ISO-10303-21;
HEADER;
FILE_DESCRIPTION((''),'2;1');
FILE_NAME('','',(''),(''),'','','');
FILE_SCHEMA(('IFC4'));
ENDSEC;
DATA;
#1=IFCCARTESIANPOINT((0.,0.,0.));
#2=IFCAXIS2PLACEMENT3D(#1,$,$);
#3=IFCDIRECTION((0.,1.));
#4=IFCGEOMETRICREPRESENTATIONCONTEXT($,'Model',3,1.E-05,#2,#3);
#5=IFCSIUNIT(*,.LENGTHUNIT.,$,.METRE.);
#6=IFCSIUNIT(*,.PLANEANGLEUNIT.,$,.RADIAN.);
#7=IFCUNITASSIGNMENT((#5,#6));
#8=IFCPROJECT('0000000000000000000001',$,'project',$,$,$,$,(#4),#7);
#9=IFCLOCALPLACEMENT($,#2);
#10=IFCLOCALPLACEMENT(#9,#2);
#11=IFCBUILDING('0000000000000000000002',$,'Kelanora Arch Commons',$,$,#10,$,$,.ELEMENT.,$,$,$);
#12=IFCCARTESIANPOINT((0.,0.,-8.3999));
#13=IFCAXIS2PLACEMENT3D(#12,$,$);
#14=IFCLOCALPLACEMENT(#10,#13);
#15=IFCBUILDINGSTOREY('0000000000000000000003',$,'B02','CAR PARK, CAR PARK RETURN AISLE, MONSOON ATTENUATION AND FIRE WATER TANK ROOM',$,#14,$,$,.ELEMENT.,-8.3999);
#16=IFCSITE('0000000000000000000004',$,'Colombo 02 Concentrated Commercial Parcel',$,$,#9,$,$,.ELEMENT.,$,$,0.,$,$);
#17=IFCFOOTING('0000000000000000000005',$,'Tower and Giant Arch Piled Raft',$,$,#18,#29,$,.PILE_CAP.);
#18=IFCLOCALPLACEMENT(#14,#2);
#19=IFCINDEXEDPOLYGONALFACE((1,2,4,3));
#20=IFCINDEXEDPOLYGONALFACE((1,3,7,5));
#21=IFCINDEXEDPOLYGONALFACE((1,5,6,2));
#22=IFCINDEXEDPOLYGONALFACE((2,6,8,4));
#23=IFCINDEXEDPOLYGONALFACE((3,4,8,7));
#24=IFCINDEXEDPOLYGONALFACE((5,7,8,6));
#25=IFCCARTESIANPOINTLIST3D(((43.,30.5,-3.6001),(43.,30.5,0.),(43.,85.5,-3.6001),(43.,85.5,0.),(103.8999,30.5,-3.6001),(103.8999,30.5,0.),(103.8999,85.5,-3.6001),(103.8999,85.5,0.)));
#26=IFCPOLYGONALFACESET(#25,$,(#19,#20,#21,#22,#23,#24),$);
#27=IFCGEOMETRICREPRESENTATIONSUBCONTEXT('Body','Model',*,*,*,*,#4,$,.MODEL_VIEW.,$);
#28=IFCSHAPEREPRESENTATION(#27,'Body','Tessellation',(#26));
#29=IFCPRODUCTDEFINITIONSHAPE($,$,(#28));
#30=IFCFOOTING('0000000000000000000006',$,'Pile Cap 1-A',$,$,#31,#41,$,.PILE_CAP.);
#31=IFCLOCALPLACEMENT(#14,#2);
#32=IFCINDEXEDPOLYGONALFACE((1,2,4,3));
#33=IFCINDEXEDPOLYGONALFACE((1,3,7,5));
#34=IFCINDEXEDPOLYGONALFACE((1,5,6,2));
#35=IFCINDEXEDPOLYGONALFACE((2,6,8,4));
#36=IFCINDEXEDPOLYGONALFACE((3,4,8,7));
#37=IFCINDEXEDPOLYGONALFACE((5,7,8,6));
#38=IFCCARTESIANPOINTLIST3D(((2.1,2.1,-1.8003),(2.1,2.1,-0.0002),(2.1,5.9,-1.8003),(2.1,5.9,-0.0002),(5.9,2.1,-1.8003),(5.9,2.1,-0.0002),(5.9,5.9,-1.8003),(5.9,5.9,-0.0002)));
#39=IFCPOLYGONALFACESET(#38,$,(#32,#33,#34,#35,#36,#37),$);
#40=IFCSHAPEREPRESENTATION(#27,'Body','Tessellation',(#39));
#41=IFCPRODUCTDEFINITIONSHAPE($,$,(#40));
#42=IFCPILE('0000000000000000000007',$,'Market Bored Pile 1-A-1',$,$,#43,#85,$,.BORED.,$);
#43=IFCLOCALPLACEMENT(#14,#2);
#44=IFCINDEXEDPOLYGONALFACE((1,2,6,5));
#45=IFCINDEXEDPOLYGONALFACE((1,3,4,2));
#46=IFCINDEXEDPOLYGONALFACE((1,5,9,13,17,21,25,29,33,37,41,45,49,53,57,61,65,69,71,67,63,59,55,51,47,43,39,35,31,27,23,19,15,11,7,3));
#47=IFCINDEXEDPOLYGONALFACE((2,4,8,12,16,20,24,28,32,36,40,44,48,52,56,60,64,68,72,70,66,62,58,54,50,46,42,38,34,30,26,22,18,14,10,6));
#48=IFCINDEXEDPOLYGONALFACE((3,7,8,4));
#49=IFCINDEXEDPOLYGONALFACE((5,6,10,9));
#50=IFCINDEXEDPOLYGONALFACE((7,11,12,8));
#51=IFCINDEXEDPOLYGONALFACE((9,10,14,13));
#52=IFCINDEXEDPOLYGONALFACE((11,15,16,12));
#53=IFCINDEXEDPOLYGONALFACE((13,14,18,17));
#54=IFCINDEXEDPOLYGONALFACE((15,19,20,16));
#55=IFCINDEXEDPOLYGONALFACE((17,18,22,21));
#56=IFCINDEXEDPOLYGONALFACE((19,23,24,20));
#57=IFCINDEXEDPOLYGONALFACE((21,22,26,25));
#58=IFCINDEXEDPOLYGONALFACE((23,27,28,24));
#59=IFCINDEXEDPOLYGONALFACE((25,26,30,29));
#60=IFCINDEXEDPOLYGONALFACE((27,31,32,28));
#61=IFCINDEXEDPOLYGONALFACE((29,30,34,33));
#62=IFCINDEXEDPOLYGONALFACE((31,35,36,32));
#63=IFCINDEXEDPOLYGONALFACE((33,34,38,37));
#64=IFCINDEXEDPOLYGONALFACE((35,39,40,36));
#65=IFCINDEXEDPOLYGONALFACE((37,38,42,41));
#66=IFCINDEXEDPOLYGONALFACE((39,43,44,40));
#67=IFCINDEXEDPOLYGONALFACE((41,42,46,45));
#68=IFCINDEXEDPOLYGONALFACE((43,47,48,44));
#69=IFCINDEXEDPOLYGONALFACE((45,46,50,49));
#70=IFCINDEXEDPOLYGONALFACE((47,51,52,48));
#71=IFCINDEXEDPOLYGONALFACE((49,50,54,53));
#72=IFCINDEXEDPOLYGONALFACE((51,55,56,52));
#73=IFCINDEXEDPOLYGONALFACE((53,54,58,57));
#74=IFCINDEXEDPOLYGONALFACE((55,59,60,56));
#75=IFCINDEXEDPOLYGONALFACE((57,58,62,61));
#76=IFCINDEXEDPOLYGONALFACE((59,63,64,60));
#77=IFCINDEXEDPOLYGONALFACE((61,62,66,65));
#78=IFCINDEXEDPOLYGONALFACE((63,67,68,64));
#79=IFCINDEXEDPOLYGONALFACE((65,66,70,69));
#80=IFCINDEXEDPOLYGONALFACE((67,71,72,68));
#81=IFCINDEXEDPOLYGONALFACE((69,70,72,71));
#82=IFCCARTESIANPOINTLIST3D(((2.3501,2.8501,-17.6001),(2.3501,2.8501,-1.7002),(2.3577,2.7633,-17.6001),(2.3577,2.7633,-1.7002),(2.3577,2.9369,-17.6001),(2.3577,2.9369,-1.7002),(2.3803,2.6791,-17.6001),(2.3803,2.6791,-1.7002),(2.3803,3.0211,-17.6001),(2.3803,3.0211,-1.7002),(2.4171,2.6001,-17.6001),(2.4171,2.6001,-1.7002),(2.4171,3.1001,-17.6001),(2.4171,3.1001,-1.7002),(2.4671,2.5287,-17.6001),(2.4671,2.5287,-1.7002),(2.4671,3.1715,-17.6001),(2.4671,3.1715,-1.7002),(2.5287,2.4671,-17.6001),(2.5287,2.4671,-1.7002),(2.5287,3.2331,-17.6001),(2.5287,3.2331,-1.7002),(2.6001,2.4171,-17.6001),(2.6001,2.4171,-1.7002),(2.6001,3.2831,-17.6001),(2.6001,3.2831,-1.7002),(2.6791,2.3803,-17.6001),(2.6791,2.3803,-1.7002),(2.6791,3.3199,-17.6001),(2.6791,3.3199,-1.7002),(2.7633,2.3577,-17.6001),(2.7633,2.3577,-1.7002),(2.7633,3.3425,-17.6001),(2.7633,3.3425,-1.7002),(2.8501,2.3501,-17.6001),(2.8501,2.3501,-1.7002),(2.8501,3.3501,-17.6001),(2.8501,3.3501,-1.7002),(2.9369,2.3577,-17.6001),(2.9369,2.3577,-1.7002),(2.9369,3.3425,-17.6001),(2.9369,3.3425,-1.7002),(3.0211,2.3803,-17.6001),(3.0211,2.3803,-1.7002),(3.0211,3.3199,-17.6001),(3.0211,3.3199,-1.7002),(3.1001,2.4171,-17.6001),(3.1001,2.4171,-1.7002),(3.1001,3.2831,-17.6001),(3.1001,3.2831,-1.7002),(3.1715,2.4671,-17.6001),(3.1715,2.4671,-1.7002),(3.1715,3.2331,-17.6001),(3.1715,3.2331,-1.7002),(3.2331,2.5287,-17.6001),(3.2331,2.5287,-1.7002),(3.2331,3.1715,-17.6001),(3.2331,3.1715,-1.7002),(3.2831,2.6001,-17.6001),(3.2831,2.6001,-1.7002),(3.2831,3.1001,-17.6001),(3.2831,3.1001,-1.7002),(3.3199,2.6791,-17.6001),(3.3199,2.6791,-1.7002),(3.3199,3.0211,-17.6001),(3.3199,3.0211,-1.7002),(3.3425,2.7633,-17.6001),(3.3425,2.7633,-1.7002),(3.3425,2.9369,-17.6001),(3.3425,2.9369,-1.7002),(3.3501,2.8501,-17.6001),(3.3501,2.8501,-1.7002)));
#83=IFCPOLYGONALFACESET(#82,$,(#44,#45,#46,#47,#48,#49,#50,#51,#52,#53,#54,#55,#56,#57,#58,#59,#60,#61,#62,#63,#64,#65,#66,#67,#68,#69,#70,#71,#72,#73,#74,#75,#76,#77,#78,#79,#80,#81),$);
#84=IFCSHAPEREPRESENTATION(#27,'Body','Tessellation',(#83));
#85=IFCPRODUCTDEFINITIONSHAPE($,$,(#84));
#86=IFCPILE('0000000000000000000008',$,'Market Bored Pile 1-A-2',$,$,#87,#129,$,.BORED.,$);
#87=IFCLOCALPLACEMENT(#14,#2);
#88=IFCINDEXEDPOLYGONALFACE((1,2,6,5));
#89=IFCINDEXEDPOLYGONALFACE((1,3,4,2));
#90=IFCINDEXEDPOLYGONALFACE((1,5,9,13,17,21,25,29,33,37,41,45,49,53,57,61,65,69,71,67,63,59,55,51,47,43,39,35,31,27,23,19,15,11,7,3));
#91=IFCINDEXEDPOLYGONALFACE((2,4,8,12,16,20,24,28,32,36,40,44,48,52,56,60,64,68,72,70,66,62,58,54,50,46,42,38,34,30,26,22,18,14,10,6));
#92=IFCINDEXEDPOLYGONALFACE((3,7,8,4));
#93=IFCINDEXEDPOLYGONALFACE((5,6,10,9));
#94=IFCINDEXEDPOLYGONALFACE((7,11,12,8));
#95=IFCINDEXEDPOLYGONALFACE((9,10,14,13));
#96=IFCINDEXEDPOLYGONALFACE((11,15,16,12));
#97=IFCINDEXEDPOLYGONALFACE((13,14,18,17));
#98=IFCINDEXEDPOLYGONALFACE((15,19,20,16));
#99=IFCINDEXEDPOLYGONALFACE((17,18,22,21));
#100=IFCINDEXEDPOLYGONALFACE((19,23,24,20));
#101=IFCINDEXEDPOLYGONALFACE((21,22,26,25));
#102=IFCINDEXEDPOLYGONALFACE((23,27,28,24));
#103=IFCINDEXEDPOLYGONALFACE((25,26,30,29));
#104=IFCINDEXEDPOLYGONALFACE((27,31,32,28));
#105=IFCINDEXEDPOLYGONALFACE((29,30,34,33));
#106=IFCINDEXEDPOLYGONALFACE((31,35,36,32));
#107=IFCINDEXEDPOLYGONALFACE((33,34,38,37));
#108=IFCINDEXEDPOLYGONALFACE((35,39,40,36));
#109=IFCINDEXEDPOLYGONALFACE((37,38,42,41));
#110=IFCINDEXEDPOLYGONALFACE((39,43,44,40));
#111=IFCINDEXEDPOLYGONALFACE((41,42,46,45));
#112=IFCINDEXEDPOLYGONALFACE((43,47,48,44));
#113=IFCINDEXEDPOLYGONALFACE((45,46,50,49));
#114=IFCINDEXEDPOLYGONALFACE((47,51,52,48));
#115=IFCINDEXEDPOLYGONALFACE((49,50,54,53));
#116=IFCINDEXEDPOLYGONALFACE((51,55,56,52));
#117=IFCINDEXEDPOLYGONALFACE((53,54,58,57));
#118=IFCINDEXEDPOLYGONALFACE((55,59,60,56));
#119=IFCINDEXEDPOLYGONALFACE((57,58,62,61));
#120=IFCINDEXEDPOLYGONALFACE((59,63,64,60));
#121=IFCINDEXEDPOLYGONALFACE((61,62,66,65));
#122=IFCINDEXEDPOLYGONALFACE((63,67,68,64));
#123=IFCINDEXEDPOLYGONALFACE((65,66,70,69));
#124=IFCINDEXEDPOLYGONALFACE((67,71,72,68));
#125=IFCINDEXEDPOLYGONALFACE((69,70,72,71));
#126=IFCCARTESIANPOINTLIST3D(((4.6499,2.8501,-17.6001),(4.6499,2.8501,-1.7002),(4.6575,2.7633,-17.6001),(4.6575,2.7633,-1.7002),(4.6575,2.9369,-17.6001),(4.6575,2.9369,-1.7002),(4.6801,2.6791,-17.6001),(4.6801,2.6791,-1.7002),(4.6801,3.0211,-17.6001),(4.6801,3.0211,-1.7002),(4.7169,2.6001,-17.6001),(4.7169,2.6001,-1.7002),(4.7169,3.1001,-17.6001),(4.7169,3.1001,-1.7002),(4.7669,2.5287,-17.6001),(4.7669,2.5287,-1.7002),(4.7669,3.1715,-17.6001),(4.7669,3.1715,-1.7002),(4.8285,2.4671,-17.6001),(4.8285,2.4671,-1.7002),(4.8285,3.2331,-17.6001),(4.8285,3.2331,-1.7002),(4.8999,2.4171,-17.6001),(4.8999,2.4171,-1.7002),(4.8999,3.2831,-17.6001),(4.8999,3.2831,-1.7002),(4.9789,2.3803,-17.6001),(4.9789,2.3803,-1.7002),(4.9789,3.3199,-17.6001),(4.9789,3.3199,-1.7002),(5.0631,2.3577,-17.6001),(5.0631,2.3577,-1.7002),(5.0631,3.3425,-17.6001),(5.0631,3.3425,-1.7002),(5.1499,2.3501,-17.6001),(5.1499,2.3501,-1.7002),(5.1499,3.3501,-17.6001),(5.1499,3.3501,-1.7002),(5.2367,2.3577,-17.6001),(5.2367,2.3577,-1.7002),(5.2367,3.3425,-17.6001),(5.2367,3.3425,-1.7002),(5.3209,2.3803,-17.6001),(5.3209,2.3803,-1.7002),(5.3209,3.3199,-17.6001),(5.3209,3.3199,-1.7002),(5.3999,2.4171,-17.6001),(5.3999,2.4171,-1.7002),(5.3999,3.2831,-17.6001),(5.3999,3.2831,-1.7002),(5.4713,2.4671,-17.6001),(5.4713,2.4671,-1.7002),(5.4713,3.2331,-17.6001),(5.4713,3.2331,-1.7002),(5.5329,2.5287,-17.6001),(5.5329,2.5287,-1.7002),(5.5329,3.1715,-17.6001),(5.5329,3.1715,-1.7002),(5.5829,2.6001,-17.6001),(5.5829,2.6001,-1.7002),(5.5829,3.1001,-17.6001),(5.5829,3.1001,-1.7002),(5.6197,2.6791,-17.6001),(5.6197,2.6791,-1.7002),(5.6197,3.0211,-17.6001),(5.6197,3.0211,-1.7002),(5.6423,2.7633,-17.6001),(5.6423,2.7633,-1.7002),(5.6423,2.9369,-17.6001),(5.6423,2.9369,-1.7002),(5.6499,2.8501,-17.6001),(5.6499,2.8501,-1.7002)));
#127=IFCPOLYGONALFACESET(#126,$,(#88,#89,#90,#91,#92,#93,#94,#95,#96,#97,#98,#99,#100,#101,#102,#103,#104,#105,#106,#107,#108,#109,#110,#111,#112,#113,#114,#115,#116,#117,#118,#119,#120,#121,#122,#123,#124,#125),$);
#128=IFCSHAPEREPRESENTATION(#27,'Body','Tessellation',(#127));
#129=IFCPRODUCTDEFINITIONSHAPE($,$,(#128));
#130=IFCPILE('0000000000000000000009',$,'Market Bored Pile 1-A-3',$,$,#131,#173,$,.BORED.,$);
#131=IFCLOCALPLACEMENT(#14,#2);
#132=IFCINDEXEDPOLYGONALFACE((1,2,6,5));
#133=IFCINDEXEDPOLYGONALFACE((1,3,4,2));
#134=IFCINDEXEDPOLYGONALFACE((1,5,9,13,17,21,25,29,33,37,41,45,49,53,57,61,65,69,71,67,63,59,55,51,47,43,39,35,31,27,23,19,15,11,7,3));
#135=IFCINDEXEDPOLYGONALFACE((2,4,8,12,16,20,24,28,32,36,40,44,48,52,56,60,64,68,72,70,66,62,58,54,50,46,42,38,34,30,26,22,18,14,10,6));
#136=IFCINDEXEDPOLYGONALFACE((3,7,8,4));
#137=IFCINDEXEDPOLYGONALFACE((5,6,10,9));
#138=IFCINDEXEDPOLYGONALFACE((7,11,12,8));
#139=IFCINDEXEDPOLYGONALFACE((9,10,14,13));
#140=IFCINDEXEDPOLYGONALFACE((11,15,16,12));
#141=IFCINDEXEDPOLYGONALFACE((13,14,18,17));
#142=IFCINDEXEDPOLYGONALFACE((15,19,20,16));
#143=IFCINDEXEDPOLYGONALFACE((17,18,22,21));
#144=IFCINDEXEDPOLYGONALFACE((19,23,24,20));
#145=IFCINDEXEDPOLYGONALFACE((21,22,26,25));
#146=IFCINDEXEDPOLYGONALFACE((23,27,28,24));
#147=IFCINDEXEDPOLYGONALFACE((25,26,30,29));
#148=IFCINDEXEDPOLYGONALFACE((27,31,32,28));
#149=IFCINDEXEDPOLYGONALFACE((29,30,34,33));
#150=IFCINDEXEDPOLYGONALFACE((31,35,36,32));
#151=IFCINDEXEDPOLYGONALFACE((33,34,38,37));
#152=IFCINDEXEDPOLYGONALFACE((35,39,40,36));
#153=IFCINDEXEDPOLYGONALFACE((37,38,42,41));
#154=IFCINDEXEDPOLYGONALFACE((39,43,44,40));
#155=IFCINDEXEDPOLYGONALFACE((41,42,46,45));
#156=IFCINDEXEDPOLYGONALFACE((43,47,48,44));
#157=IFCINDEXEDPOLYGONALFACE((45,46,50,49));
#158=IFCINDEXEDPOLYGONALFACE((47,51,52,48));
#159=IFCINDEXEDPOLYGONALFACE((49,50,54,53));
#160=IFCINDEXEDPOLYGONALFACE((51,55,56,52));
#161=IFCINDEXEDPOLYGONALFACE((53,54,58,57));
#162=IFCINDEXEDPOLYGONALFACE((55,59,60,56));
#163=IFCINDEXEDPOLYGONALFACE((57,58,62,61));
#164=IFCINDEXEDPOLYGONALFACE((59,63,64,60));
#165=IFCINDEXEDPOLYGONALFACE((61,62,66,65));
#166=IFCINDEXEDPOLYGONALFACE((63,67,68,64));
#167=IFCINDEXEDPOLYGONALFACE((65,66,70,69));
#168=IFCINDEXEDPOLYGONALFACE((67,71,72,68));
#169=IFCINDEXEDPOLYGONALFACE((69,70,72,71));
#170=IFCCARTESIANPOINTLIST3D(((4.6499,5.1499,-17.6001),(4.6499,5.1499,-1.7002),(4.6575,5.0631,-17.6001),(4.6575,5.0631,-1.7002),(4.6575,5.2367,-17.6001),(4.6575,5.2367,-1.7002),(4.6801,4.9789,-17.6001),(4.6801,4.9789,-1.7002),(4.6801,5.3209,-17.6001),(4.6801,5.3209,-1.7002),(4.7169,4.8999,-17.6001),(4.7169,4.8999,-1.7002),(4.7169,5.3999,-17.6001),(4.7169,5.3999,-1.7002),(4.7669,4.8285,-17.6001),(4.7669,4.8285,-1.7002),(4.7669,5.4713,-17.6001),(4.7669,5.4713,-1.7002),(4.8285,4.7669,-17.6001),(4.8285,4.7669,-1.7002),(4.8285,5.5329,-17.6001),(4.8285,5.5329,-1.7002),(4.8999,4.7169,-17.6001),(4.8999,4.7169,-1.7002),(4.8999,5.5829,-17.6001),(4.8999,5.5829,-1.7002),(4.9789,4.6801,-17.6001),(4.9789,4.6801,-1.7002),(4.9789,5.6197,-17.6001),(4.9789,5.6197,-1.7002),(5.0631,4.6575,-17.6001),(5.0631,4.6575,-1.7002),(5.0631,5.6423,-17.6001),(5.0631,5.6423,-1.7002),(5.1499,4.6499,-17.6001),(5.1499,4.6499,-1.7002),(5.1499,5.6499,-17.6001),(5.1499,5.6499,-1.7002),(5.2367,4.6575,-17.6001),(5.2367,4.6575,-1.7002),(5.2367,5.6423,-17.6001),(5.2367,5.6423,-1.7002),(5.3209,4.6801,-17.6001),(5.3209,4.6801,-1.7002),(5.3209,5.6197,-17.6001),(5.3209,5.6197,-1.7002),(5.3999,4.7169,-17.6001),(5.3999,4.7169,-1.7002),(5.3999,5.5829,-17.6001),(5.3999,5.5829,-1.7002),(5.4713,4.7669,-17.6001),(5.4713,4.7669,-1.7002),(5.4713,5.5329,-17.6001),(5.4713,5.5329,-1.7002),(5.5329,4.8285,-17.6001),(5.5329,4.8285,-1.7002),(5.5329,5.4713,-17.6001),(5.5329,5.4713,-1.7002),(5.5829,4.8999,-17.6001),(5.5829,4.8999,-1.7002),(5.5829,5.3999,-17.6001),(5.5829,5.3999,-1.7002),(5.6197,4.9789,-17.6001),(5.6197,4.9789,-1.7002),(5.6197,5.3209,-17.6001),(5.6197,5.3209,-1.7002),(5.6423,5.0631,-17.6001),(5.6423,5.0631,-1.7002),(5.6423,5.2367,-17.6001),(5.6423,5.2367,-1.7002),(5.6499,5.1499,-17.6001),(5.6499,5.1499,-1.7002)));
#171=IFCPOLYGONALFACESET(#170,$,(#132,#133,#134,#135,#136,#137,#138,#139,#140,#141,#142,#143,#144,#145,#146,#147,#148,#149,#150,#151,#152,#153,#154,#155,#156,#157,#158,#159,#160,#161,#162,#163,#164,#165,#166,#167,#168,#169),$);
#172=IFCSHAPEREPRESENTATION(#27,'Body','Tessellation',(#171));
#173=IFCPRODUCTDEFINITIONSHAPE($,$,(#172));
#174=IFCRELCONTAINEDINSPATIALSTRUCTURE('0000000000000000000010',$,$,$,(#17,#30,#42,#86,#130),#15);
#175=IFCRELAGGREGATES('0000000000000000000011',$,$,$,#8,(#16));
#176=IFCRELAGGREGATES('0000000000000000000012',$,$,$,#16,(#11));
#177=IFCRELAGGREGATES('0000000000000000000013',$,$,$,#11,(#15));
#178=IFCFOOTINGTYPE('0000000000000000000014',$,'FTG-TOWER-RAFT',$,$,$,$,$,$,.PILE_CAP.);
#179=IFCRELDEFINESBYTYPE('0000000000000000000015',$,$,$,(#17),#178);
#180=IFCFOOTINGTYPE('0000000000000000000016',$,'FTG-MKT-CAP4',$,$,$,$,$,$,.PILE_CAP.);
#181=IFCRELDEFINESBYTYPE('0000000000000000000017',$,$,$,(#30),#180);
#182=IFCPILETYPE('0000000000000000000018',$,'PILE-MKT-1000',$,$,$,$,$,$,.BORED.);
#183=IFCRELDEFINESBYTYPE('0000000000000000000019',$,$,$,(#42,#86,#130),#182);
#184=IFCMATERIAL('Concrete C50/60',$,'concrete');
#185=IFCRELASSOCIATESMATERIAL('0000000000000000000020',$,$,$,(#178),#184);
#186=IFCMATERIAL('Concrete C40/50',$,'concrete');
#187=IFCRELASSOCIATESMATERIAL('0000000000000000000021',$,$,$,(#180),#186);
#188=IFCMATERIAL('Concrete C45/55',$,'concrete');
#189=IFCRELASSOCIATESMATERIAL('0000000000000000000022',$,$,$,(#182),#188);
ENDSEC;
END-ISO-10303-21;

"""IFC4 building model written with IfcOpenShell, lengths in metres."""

from ifc_helpers import new_model, si_unit, direction, frame, origin, origin_2d, place, context, subcontext, project, spatial, polyline, rectangle, circle, outline, extrude, source, transform, mapped, material, material_profile, profile_set, type_object, element, save


model = new_model("IFC4")

# Units and contexts
model_context = context("Model", 3, precision=1e-05, world=origin(), true_north=direction((0.0, 1.0)))
body_context = subcontext(model_context, "Body", "Model", "MODEL_VIEW")
ifc_project = project(units=[si_unit("LENGTHUNIT", "METRE"), si_unit("PLANEANGLEUNIT", "RADIAN")], contexts=[model_context])

# Site, building, storey
site_placement = place(None, origin())
site = spatial("IfcSite", under=ifc_project, at=site_placement, Name="Colombo 02 Concentrated Commercial Parcel", CompositionType="ELEMENT", RefElevation=0.0)
building_placement = place(site_placement, origin())
building = spatial("IfcBuilding", under=site, at=building_placement, Name="Kelanora Arch Commons", CompositionType="ELEMENT")
storey_placement = place(building_placement, frame((0.0, 0.0, -8.3999)))
storey = spatial("IfcBuildingStorey", under=building, at=storey_placement, Name="B02", Description="CAR PARK, CAR PARK RETURN AISLE, MONSOON ATTENUATION AND FIRE WATER TANK ROOM", CompositionType="ELEMENT", Elevation=-8.3999)

# Footings
ifc_material_1 = material(Name="Concrete C50/60", Category="concrete")
footing_type_1 = type_object("IfcFootingType", Name="FTG-TOWER-RAFT", PredefinedType="PILE_CAP", material=ifc_material_1)
footing_1_placement = place(storey_placement, frame((0.0, 0.0, -3.6001)))
element("IfcFooting", 1, at=footing_1_placement, inside=storey, type_object=footing_type_1, Name="Tower and Giant Arch Piled Raft", PredefinedType="PILE_CAP", context=body_context, shape_type="SweptSolid", body=[
    extrude(outline(polyline([(43.0, 30.5), (103.8999, 30.5), (103.8999, 85.5), (43.0, 85.5), (43.0, 30.5)])), origin(), (0.0, 0.0, 1.0), 3.6001),
])
ifc_material_2 = material(Name="Concrete C40/50", Category="concrete")
footing_type_2 = type_object("IfcFootingType", Name="FTG-MKT-CAP4", PredefinedType="PILE_CAP", material=ifc_material_2)
shared_shape_1 = source(origin(), body_context, "Body", "SweptSolid", [
    extrude(rectangle(XDim=3.8, YDim=3.8, at=origin_2d()), origin(), (0.0, 0.0, 1.0), 1.8),
])
footing_2_placement = place(storey_placement, frame((4.0, 4.0, -1.8003), z_axis=(0.0, 0.0, 1.0), x_axis=(1.0, 0.0, 0.0)))
element("IfcFooting", 2, at=footing_2_placement, inside=storey, type_object=footing_type_2, Name="Pile Cap 1-A", PredefinedType="PILE_CAP", context=body_context, shape_type="MappedRepresentation", body=[
    mapped(shared_shape_1, transform((0.0, 0.0, 0.0), scale=1.0)),
])

# Piles
ifc_material_3 = material(Name="Concrete C45/55", Category="concrete")
ifc_material_profile_1 = material_profile(ifc_material_3, circle(Radius=0.5, at=origin_2d()), Name="PILE1000")
ifc_profile_set_1 = profile_set([ifc_material_profile_1], Name="Concrete C45/55")
pile_type = type_object("IfcPileType", Name="PILE-MKT-1000", PredefinedType="BORED", material=ifc_profile_set_1)
shared_shape_2 = source(origin(), body_context, "Body", "SweptSolid", [
    extrude(circle(Radius=0.5, at=origin_2d()), origin(), (0.0, 0.0, 1.0), 15.8999),
])
for number, where, z_axis, x_axis, name in (
    (3, (2.8501, 2.8501, -1.7002), (0.0, 0.0, -1.0), (1.0, 0.0, 0.0), "Market Bored Pile 1-A-1"),
    (4, (5.1499, 2.8501, -1.7002), (0.0, 0.0, -1.0), (1.0, 0.0, 0.0), "Market Bored Pile 1-A-2"),
    (5, (5.1499, 5.1499, -1.7002), (0.0, 0.0, -1.0), (1.0, 0.0, 0.0), "Market Bored Pile 1-A-3"),
):
    element("IfcPile", number, at=place(storey_placement, frame(where, z_axis=z_axis, x_axis=x_axis)), inside=storey, type_object=pile_type, Name=name, PredefinedType="BORED", context=body_context, shape_type="MappedRepresentation", body=[
        mapped(shared_shape_2, transform((0.0, 0.0, 0.0), scale=1.0)),
    ])

save(model, "model.ifc")
